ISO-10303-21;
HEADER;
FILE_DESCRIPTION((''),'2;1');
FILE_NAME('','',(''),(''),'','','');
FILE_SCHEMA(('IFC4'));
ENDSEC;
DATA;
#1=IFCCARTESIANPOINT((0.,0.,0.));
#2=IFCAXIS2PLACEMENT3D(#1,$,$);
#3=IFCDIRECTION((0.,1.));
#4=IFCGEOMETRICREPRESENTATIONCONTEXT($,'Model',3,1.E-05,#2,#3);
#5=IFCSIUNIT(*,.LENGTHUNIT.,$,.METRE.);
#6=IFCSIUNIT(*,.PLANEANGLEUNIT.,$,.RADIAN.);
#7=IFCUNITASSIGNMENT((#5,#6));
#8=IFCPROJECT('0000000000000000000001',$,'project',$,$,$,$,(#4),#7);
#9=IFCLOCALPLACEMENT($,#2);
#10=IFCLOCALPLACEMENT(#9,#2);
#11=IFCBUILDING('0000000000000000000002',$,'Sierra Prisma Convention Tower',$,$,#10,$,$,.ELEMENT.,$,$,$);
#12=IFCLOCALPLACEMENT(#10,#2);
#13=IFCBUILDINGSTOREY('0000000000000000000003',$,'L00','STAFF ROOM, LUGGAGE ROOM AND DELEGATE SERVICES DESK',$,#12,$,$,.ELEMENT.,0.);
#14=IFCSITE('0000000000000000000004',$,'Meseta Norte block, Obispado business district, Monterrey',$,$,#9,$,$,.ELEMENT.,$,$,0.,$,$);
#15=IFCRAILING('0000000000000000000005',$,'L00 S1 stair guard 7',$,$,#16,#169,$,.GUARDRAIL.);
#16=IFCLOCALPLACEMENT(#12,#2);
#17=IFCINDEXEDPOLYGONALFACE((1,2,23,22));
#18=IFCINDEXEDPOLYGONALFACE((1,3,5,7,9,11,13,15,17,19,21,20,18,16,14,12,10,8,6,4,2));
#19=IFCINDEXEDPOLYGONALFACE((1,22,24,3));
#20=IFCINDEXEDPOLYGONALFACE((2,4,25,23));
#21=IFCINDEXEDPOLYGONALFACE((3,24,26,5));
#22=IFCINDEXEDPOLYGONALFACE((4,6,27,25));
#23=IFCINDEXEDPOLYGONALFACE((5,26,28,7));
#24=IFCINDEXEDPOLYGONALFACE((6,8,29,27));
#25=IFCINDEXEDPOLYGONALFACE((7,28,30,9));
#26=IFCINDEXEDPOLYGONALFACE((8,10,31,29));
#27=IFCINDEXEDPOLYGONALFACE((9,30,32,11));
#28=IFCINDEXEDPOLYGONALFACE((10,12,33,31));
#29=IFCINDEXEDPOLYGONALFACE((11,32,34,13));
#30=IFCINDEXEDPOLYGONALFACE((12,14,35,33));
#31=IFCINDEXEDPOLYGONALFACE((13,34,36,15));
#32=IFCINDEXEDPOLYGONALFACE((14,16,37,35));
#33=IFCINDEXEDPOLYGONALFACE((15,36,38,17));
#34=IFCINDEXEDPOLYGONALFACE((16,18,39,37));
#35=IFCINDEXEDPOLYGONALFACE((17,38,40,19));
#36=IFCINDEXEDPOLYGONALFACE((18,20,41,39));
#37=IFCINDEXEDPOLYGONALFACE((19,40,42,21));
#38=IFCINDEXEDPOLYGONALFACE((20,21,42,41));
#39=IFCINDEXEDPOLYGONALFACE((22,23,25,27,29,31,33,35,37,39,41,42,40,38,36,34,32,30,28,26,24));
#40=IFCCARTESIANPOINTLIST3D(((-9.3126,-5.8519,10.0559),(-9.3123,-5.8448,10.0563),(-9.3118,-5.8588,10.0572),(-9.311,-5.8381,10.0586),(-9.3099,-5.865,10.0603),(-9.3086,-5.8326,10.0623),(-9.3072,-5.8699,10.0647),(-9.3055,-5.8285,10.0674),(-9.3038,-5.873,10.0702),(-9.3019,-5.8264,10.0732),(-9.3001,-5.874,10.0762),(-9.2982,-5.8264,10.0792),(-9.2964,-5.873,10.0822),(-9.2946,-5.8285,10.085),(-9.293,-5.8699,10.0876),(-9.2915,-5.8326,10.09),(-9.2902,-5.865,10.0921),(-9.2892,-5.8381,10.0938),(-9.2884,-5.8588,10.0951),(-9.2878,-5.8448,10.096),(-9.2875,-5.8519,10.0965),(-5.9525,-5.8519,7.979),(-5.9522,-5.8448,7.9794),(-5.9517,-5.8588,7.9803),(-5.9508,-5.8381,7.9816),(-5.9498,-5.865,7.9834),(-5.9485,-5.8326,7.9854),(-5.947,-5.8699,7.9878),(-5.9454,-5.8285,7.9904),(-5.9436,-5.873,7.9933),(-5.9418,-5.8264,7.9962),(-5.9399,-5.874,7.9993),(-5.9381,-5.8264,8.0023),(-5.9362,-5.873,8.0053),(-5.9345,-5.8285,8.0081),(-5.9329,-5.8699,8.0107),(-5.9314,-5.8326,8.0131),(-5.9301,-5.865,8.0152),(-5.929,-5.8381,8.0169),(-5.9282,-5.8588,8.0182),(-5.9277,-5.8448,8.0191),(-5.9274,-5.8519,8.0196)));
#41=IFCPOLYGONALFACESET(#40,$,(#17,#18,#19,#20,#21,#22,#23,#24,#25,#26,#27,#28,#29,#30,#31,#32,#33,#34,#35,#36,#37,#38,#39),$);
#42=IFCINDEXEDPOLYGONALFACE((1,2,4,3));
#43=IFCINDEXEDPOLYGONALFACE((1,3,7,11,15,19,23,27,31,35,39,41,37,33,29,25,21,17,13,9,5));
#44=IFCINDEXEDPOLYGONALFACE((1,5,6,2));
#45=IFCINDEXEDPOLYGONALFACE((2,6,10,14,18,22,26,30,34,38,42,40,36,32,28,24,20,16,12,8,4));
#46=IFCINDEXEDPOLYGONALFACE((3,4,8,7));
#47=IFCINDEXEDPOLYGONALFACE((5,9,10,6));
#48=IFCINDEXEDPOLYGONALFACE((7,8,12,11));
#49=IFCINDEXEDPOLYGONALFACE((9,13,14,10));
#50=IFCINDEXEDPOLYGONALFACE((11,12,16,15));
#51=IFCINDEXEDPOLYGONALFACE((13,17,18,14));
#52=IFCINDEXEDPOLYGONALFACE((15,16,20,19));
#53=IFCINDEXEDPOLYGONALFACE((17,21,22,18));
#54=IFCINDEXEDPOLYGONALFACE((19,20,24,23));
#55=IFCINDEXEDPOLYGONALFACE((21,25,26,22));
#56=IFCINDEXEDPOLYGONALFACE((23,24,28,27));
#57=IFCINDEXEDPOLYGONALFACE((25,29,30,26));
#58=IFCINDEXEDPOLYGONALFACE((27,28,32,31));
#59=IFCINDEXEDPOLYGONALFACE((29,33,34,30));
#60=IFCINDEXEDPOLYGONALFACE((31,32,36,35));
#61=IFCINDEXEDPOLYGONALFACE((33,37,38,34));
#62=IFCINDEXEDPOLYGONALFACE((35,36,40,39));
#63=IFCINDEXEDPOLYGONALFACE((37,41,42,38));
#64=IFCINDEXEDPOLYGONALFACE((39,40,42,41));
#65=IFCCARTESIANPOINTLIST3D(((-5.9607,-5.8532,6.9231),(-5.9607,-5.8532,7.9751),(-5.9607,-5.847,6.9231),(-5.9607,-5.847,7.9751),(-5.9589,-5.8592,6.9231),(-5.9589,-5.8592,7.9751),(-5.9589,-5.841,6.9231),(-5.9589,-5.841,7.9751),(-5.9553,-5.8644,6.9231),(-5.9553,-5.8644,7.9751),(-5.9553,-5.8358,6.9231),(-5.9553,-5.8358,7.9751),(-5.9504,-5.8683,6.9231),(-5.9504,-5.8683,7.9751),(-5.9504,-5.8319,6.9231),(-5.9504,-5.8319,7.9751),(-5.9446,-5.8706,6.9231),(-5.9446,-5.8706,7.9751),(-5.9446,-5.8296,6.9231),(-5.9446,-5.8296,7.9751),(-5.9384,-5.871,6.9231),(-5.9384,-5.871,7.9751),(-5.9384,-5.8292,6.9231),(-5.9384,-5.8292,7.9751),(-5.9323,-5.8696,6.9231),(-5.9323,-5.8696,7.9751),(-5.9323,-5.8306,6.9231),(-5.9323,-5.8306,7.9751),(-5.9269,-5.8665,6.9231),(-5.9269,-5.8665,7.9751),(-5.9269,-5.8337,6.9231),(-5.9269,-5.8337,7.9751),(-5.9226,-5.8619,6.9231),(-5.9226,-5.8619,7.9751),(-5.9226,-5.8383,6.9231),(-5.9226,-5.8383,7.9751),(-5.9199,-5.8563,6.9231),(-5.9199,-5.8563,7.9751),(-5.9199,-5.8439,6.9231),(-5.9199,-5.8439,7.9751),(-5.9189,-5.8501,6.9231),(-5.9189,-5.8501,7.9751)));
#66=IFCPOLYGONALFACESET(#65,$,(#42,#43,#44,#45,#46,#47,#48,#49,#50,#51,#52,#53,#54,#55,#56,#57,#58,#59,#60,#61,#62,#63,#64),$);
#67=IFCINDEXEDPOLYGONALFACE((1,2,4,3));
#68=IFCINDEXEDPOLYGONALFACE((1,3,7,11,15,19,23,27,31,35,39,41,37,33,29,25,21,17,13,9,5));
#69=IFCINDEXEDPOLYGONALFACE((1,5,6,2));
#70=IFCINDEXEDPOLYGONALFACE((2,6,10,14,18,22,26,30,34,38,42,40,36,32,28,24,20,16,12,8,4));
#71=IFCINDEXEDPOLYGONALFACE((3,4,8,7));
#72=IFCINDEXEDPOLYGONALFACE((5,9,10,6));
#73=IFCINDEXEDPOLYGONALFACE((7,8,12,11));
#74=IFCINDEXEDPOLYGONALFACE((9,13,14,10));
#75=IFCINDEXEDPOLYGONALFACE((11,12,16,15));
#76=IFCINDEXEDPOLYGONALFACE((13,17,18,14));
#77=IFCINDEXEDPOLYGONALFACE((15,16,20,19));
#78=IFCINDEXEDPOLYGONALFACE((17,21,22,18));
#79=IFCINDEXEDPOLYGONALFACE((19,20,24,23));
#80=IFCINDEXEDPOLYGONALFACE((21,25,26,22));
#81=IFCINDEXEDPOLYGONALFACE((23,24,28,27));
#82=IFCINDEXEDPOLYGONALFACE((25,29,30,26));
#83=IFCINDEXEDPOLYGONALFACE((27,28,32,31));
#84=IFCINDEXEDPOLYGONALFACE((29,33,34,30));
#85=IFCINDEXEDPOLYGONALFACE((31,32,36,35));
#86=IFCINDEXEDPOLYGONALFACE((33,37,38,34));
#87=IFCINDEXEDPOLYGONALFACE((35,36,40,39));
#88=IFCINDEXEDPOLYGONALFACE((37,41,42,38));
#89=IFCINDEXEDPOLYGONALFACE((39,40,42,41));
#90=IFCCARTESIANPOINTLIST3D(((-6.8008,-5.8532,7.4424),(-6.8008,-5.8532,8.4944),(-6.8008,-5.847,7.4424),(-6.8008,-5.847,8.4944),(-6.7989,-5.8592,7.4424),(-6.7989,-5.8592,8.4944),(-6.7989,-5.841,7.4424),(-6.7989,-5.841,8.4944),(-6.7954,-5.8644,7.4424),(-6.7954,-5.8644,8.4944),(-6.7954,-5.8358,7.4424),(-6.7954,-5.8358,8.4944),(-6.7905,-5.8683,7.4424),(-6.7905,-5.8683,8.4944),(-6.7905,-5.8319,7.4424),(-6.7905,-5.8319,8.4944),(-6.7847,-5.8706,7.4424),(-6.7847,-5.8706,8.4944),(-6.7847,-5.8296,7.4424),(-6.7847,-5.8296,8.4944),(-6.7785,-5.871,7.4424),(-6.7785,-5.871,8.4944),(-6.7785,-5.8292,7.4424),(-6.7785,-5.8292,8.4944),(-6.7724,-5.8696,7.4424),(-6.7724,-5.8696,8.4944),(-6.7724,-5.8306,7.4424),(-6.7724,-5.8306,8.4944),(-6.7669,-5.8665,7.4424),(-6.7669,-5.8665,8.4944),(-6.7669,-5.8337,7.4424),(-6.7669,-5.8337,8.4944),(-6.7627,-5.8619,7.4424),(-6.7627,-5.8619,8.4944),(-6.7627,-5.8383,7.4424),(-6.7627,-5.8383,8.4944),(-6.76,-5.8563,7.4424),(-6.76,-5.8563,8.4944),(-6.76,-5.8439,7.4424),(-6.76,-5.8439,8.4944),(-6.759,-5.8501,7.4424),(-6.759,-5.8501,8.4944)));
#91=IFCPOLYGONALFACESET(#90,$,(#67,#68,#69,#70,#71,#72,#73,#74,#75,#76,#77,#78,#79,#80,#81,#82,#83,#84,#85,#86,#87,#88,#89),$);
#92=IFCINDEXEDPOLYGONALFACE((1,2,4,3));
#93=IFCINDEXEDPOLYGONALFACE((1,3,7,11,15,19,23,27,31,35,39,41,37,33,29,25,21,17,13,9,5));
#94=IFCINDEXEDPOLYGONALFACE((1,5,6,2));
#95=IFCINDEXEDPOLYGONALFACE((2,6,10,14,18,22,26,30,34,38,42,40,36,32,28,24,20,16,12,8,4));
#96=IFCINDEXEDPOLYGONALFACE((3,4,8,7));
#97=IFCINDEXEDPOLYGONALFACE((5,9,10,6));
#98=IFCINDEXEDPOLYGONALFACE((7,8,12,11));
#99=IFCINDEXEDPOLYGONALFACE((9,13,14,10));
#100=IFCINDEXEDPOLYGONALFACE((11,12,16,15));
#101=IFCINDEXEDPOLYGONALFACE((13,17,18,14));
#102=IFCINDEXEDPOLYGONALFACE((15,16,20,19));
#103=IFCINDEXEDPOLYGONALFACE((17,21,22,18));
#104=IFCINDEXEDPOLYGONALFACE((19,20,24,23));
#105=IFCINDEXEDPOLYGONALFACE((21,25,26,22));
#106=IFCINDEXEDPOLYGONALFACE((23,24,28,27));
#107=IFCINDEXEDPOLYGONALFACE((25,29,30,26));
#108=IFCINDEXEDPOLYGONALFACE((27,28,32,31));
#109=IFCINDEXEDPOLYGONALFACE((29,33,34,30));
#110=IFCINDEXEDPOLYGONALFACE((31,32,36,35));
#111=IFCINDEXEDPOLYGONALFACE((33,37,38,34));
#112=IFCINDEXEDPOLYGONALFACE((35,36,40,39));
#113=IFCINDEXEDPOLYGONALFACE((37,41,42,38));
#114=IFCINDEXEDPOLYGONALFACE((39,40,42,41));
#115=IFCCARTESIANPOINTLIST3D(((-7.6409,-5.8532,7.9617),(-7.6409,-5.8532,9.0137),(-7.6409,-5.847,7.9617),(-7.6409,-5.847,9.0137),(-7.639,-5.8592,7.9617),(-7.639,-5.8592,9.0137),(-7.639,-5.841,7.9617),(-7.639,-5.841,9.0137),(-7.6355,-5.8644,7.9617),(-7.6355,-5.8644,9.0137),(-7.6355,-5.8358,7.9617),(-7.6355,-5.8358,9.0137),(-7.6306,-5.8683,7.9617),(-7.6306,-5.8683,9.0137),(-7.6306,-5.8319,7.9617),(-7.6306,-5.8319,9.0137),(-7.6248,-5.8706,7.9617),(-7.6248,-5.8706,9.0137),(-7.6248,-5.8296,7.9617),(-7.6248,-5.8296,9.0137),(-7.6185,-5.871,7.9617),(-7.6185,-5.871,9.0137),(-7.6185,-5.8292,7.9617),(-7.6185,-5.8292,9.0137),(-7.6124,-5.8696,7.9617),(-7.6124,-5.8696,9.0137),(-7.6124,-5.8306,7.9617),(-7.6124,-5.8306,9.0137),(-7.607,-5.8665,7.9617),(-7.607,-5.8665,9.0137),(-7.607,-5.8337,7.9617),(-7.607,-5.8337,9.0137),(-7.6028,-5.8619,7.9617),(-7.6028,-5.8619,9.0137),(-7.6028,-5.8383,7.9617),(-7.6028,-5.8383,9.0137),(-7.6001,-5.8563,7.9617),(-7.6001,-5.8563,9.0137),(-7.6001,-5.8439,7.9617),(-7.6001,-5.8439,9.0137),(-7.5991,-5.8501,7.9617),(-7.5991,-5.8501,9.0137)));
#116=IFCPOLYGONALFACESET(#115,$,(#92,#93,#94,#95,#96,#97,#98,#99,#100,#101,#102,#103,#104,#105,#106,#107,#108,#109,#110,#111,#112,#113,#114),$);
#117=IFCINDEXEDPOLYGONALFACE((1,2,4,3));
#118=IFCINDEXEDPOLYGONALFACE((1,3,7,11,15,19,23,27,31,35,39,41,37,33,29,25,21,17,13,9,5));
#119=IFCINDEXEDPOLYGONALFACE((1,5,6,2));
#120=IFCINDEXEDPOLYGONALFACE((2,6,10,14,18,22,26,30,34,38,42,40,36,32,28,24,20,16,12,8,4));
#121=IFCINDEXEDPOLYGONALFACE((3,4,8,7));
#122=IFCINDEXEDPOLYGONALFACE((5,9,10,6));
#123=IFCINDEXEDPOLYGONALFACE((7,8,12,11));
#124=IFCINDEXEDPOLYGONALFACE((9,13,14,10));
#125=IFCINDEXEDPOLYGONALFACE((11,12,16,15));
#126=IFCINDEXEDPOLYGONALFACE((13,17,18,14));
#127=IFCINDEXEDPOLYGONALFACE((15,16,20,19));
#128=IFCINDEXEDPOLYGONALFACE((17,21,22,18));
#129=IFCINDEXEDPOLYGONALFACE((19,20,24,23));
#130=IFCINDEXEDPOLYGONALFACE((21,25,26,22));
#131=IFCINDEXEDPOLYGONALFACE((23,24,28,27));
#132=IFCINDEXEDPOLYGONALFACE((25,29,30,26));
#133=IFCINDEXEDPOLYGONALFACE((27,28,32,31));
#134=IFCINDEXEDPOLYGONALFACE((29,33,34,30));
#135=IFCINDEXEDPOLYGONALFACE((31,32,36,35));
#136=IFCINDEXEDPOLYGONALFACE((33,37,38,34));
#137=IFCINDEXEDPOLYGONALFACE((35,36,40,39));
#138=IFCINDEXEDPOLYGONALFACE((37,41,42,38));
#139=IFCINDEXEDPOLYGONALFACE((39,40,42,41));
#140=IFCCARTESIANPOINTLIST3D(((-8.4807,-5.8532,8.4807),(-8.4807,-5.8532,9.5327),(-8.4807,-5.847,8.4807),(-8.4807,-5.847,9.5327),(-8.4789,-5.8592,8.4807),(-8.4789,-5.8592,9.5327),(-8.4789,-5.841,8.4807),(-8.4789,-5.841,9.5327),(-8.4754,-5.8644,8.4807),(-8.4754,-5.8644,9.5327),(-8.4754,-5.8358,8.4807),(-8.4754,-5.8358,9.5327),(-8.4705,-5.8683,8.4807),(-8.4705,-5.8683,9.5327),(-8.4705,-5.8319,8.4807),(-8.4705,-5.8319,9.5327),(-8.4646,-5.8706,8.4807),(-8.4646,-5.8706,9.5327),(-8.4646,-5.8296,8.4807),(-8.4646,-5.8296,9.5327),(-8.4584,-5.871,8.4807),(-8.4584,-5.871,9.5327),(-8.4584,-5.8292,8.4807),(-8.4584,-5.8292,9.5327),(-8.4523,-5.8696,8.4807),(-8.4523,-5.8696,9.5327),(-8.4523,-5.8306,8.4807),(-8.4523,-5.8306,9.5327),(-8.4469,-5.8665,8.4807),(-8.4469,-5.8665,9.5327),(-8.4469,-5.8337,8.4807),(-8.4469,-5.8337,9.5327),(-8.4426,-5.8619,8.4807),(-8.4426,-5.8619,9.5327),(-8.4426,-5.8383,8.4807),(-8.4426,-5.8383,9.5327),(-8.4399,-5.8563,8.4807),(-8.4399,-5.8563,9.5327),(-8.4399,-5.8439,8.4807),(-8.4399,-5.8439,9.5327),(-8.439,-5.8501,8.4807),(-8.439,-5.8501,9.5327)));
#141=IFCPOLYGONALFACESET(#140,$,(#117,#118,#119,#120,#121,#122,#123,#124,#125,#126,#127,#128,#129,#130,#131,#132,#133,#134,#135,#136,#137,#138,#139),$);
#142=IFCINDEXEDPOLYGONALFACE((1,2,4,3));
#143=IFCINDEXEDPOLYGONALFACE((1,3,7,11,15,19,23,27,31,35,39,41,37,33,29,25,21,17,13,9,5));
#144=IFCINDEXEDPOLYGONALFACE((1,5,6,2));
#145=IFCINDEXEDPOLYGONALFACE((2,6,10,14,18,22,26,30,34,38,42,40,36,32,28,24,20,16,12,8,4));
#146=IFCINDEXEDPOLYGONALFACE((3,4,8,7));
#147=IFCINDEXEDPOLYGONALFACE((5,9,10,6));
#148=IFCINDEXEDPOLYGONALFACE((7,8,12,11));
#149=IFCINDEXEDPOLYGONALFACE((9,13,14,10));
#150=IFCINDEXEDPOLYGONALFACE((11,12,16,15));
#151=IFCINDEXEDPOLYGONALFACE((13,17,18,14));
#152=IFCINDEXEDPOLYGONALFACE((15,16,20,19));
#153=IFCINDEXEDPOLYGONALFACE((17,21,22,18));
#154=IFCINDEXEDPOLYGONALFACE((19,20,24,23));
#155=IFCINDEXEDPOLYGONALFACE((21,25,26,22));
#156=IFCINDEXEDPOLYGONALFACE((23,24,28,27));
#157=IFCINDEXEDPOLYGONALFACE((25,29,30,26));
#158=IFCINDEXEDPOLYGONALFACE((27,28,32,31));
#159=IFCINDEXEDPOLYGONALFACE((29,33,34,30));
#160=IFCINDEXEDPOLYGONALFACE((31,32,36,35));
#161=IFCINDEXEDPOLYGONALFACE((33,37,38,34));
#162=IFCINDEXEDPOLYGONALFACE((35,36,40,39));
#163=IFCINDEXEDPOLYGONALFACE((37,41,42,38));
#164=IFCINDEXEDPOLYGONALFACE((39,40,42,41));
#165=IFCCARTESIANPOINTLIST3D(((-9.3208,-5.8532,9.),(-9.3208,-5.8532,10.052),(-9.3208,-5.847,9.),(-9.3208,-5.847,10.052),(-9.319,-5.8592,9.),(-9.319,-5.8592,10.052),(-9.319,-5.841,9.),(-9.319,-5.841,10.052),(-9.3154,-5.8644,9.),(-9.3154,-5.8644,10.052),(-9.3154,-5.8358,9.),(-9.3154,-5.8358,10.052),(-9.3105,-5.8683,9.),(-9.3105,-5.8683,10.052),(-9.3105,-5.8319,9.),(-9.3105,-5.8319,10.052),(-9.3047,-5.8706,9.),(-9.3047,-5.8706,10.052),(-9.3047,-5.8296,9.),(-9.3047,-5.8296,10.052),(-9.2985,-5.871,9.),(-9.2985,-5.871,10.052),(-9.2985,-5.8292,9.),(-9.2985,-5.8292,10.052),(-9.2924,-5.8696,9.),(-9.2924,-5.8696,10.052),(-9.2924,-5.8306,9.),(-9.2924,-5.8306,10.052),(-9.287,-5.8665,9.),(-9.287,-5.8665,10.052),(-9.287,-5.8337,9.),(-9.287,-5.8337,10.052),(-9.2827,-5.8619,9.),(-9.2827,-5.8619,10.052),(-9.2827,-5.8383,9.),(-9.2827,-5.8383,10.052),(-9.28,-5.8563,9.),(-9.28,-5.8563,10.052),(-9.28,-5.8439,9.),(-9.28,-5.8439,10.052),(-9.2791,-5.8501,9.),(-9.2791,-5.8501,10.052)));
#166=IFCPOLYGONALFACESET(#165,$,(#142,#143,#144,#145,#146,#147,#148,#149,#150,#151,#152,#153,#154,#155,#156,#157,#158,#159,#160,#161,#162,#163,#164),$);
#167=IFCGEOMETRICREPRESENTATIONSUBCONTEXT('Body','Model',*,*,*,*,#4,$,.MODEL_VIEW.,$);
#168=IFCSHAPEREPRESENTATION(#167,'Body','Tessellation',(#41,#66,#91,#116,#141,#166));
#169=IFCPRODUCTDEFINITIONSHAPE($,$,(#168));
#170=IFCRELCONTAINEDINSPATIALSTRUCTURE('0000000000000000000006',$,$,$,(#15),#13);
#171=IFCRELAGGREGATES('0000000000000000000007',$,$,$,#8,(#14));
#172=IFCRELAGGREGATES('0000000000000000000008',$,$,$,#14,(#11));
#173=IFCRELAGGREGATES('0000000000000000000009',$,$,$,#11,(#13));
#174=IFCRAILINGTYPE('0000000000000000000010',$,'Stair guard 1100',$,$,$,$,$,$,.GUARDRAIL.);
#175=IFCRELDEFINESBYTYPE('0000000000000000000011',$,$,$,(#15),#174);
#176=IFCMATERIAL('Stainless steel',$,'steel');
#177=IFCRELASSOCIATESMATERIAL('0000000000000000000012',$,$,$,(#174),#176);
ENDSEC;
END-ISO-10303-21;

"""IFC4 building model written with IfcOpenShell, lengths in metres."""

from ifc_helpers import new_model, si_unit, direction, frame, origin, origin_2d, place, context, subcontext, project, spatial, circle, extrude, material, type_object, element, save


model = new_model("IFC4")

# Units and contexts
model_context = context("Model", 3, precision=1e-05, world=origin(), true_north=direction((0.0, 1.0)))
body_context = subcontext(model_context, "Body", "Model", "MODEL_VIEW")
ifc_project = project(units=[si_unit("LENGTHUNIT", "METRE"), si_unit("PLANEANGLEUNIT", "RADIAN")], contexts=[model_context])

# Site, building, storey
site_placement = place(None, origin())
site = spatial("IfcSite", under=ifc_project, at=site_placement, Name="Meseta Norte block, Obispado business district, Monterrey", CompositionType="ELEMENT", RefElevation=0.0)
building_placement = place(site_placement, origin())
building = spatial("IfcBuilding", under=site, at=building_placement, Name="Sierra Prisma Convention Tower", CompositionType="ELEMENT")
storey_placement = place(building_placement, origin())
storey = spatial("IfcBuildingStorey", under=building, at=storey_placement, Name="L00", Description="STAFF ROOM, LUGGAGE ROOM AND DELEGATE SERVICES DESK", CompositionType="ELEMENT", Elevation=0.0)

# Railing
ifc_material_1 = material(Name="Stainless steel", Category="steel")
railing_type_1 = type_object("IfcRailingType", Name="Stair guard 1100", PredefinedType="GUARDRAIL", material=ifc_material_1)
railing_1_placement = place(storey_placement, frame((-5.9399, -5.8501, 6.9231)))
element("IfcRailing", 1, at=railing_1_placement, inside=storey, type_object=railing_type_1, Name="L00 S1 stair guard 7", PredefinedType="GUARDRAIL", context=body_context, shape_type="SweptSolid", body=[
    extrude(circle(Radius=0.0239, at=origin_2d()), frame((0.0, 0.0, 1.0762), z_axis=(-0.850623, 0.0, 0.525776), x_axis=(0.0, -1.0, 0.0)), (0.0, 0.0, 1.0), 3.9502),
    extrude(circle(Radius=0.021, at=origin_2d()), origin(), (0.0, 0.0, 1.0), 1.052),
    extrude(circle(Radius=0.021, at=origin_2d()), frame((-0.8401, 0.0, 0.5193)), (0.0, 0.0, 1.0), 1.052),
    extrude(circle(Radius=0.021, at=origin_2d()), frame((-1.6802, 0.0, 1.0386)), (0.0, 0.0, 1.0), 1.052),
    extrude(circle(Radius=0.021, at=origin_2d()), frame((-2.52, 0.0, 1.5576)), (0.0, 0.0, 1.0), 1.052),
    extrude(circle(Radius=0.021, at=origin_2d()), frame((-3.3601, 0.0, 2.0769)), (0.0, 0.0, 1.0), 1.052),
])

save(model, "model.ifc")
